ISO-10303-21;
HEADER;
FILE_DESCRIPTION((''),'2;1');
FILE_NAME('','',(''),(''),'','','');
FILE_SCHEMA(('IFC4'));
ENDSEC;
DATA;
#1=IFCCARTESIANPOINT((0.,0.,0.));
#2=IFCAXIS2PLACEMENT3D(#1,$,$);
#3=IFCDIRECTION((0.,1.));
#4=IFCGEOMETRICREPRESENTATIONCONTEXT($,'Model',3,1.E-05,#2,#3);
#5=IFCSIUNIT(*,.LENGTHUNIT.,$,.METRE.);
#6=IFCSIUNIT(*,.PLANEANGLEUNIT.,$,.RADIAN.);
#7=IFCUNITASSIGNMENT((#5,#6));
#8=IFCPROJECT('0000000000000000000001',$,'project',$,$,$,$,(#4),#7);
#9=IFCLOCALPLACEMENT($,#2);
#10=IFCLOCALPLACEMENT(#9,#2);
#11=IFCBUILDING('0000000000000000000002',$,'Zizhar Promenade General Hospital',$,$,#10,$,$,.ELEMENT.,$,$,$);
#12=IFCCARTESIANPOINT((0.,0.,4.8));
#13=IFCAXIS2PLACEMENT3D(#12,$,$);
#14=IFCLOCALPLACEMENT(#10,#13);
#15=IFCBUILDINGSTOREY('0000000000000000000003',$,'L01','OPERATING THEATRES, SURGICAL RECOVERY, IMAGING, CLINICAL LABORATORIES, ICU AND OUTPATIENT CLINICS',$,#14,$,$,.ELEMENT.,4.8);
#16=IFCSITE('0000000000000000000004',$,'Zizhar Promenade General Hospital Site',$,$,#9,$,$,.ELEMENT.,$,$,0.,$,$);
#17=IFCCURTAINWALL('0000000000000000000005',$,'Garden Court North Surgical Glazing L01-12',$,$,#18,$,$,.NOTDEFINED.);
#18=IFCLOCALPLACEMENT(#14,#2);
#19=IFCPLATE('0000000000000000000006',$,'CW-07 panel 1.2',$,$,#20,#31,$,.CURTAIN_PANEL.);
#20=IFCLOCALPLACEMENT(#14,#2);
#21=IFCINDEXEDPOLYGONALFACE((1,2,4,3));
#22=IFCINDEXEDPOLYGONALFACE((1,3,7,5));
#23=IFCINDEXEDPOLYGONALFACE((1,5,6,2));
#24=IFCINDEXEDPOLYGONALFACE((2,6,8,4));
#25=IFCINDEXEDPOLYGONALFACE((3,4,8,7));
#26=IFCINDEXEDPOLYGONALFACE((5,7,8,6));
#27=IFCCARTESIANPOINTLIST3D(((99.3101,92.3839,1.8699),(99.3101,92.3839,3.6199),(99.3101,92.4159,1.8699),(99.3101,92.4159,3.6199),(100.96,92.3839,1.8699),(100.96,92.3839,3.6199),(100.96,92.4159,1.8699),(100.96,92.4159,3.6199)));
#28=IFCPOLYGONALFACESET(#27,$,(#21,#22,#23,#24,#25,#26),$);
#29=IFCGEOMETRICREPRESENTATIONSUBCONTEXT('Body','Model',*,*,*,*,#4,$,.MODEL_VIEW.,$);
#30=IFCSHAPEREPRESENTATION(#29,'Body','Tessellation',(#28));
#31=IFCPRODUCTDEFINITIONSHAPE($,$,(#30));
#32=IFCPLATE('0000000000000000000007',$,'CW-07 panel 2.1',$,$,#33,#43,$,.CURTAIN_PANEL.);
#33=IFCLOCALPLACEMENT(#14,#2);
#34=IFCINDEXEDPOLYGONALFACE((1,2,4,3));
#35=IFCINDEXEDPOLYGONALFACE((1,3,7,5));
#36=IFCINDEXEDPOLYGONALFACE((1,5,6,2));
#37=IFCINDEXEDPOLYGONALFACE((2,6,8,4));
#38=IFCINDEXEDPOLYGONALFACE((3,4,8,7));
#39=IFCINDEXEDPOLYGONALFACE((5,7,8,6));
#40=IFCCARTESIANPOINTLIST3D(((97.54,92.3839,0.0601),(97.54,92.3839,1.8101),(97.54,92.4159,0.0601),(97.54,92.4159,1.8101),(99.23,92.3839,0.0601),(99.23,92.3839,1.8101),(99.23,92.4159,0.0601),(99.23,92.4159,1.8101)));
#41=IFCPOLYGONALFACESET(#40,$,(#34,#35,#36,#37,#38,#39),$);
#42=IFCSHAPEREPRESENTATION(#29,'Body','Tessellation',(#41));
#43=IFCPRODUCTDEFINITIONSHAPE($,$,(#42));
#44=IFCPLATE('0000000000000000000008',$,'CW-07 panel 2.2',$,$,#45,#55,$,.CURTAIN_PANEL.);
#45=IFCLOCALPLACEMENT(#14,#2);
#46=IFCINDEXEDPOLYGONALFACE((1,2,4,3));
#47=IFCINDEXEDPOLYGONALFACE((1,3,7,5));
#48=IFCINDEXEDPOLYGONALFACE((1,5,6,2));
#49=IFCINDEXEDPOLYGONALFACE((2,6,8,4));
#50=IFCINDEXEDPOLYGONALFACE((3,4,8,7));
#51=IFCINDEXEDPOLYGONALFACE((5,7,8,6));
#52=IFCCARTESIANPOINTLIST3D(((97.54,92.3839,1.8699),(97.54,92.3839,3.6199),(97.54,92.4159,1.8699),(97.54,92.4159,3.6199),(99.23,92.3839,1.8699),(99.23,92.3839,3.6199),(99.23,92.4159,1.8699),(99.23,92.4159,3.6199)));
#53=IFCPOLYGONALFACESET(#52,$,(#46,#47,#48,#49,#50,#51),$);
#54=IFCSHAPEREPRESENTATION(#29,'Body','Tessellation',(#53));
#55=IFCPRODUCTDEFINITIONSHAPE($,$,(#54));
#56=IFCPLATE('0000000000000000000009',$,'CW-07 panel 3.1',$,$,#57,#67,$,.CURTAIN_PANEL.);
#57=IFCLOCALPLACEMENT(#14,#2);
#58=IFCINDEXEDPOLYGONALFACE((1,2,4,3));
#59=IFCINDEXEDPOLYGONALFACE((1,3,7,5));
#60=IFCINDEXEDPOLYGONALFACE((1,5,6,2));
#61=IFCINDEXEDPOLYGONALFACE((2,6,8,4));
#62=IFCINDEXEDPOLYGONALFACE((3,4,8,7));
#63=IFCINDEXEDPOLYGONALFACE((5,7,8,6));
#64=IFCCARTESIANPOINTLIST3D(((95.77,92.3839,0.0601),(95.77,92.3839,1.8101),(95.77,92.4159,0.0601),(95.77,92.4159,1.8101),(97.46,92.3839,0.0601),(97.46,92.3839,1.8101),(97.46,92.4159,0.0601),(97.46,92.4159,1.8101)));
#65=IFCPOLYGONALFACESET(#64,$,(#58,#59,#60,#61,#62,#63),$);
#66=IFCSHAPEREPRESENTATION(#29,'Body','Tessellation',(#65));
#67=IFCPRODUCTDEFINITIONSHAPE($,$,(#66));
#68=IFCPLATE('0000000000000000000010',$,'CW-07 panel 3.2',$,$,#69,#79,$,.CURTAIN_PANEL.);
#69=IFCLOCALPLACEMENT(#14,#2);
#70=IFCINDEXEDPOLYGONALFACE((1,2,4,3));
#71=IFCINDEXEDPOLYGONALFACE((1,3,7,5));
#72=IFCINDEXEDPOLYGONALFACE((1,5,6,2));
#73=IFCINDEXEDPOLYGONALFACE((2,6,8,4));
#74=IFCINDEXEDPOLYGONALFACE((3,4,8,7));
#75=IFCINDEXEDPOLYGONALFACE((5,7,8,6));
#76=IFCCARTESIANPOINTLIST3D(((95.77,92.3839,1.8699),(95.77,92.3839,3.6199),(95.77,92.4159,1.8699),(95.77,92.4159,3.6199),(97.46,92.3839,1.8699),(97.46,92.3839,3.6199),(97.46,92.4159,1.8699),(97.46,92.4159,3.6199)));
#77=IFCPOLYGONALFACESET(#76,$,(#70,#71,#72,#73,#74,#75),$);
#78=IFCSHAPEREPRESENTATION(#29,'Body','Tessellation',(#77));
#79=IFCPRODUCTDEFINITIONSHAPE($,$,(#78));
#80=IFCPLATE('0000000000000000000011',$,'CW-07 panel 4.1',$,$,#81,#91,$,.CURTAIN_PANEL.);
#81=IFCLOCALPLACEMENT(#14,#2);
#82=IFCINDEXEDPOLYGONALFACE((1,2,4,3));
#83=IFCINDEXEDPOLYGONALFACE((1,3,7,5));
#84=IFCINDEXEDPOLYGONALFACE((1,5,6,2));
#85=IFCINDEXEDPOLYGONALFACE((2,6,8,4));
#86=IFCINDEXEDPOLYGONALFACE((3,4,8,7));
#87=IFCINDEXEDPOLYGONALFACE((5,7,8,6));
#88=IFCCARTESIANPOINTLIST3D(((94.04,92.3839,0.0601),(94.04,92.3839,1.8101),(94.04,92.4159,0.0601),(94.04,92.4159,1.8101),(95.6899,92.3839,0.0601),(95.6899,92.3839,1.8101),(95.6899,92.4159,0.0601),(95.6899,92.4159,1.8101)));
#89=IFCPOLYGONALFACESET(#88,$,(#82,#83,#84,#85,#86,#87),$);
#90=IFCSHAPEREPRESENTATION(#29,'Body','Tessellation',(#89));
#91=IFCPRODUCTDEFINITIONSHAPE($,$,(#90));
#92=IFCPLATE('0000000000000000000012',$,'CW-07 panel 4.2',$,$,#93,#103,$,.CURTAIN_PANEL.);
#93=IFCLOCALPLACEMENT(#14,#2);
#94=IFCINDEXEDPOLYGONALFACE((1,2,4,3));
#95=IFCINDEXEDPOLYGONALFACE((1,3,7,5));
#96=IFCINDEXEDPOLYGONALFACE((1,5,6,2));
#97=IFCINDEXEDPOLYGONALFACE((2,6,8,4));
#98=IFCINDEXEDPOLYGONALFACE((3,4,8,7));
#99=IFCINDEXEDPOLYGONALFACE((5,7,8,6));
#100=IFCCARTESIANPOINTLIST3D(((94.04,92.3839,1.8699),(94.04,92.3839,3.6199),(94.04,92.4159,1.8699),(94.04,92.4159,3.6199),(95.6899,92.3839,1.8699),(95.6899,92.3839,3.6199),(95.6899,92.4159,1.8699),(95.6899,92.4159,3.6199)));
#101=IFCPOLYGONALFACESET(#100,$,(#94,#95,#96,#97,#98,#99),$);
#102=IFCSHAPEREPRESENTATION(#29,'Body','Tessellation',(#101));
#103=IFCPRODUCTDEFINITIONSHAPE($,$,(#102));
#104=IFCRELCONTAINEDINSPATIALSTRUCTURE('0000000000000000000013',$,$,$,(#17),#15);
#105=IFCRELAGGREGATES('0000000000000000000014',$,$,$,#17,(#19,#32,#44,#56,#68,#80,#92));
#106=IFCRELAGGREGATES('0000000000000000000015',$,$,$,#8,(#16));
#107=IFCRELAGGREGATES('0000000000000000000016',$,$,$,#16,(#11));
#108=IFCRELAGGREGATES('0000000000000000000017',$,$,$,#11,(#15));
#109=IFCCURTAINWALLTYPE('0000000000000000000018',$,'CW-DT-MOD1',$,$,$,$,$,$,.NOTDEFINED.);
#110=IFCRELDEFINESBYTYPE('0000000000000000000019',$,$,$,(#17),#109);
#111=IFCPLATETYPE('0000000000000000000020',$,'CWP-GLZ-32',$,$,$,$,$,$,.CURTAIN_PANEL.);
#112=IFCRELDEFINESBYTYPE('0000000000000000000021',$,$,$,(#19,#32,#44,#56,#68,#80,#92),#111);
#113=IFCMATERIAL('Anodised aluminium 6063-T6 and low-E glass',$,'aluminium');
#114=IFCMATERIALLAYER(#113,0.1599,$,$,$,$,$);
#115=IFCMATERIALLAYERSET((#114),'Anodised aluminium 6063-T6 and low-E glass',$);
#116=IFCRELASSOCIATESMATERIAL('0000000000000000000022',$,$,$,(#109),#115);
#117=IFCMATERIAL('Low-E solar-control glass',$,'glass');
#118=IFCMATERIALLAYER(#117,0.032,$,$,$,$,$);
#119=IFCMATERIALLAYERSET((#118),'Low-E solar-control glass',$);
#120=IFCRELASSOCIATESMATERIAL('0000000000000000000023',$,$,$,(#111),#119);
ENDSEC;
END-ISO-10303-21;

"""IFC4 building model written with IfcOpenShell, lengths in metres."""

from ifc_helpers import new_model, si_unit, direction, frame, origin, origin_2d, place, context, subcontext, project, spatial, rectangle, extrude, material, layer, layer_set, type_object, element, aggregate, save


model = new_model("IFC4")

# Units and contexts
model_context = context("Model", 3, precision=1e-05, world=origin(), true_north=direction((0.0, 1.0)))
body_context = subcontext(model_context, "Body", "Model", "MODEL_VIEW")
ifc_project = project(units=[si_unit("LENGTHUNIT", "METRE"), si_unit("PLANEANGLEUNIT", "RADIAN")], contexts=[model_context])

# Site, building, storey
site_placement = place(None, origin())
site = spatial("IfcSite", under=ifc_project, at=site_placement, Name="Zizhar Promenade General Hospital Site", CompositionType="ELEMENT", RefElevation=0.0)
building_placement = place(site_placement, origin())
building = spatial("IfcBuilding", under=site, at=building_placement, Name="Zizhar Promenade General Hospital", CompositionType="ELEMENT")
storey_placement = place(building_placement, frame((0.0, 0.0, 4.8)))
storey = spatial("IfcBuildingStorey", under=building, at=storey_placement, Name="L01", Description="OPERATING THEATRES, SURGICAL RECOVERY, IMAGING, CLINICAL LABORATORIES, ICU AND OUTPATIENT CLINICS", CompositionType="ELEMENT", Elevation=4.8)

# Curtain wall, plates
ifc_material_1 = material(Name="Anodised aluminium 6063-T6 and low-E glass", Category="aluminium")
ifc_layer_1 = layer(ifc_material_1, 0.1599)
ifc_layer_set_1 = layer_set([ifc_layer_1], Name="Anodised aluminium 6063-T6 and low-E glass")
curtain_wall_type = type_object("IfcCurtainWallType", Name="CW-DT-MOD1", PredefinedType="NOTDEFINED", material=ifc_layer_set_1)
curtain_wall_placement = place(storey_placement, origin())
curtain_wall = element("IfcCurtainWall", 1, at=curtain_wall_placement, inside=storey, type_object=curtain_wall_type, Name="Garden Court North Surgical Glazing L01-12", PredefinedType="NOTDEFINED")
ifc_material_2 = material(Name="Low-E solar-control glass", Category="glass")
ifc_layer_2 = layer(ifc_material_2, 0.032)
ifc_layer_set_2 = layer_set([ifc_layer_2], Name="Low-E solar-control glass")
plate_type = type_object("IfcPlateType", Name="CWP-GLZ-32", PredefinedType="CURTAIN_PANEL", material=ifc_layer_set_2)
plate_1_placement = place(storey_placement, frame((100.135, 92.3999, 1.8699), z_axis=(0.0, 0.0, 1.0), x_axis=(-1.0, 0.0, 0.0)))
plate_1 = element("IfcPlate", 2, at=plate_1_placement, type_object=plate_type, Name="CW-07 panel 1.2", PredefinedType="CURTAIN_PANEL", context=body_context, shape_type="SweptSolid", body=[
    extrude(rectangle(XDim=1.6499, YDim=0.032, at=origin_2d()), origin(), (0.0, 0.0, 1.0), 1.75),
])
plate_2_placement = place(storey_placement, frame((98.385, 92.3999, 0.0601), z_axis=(0.0, 0.0, 1.0), x_axis=(-1.0, 0.0, 0.0)))
plate_2 = element("IfcPlate", 3, at=plate_2_placement, type_object=plate_type, Name="CW-07 panel 2.1", PredefinedType="CURTAIN_PANEL", context=body_context, shape_type="SweptSolid", body=[
    extrude(rectangle(XDim=1.6899, YDim=0.032, at=origin_2d()), origin(), (0.0, 0.0, 1.0), 1.75),
])
plate_3_placement = place(storey_placement, frame((98.385, 92.3999, 1.8699), z_axis=(0.0, 0.0, 1.0), x_axis=(-1.0, 0.0, 0.0)))
plate_3 = element("IfcPlate", 4, at=plate_3_placement, type_object=plate_type, Name="CW-07 panel 2.2", PredefinedType="CURTAIN_PANEL", context=body_context, shape_type="SweptSolid", body=[
    extrude(rectangle(XDim=1.6899, YDim=0.032, at=origin_2d()), origin(), (0.0, 0.0, 1.0), 1.75),
])
plate_4_placement = place(storey_placement, frame((96.615, 92.3999, 0.0601), z_axis=(0.0, 0.0, 1.0), x_axis=(-1.0, 0.0, 0.0)))
plate_4 = element("IfcPlate", 5, at=plate_4_placement, type_object=plate_type, Name="CW-07 panel 3.1", PredefinedType="CURTAIN_PANEL", context=body_context, shape_type="SweptSolid", body=[
    extrude(rectangle(XDim=1.6899, YDim=0.032, at=origin_2d()), origin(), (0.0, 0.0, 1.0), 1.75),
])
plate_5_placement = place(storey_placement, frame((96.615, 92.3999, 1.8699), z_axis=(0.0, 0.0, 1.0), x_axis=(-1.0, 0.0, 0.0)))
plate_5 = element("IfcPlate", 6, at=plate_5_placement, type_object=plate_type, Name="CW-07 panel 3.2", PredefinedType="CURTAIN_PANEL", context=body_context, shape_type="SweptSolid", body=[
    extrude(rectangle(XDim=1.6899, YDim=0.032, at=origin_2d()), origin(), (0.0, 0.0, 1.0), 1.75),
])
plate_6_placement = place(storey_placement, frame((94.865, 92.3999, 0.0601), z_axis=(0.0, 0.0, 1.0), x_axis=(-1.0, 0.0, 0.0)))
plate_6 = element("IfcPlate", 7, at=plate_6_placement, type_object=plate_type, Name="CW-07 panel 4.1", PredefinedType="CURTAIN_PANEL", context=body_context, shape_type="SweptSolid", body=[
    extrude(rectangle(XDim=1.6499, YDim=0.032, at=origin_2d()), origin(), (0.0, 0.0, 1.0), 1.75),
])
plate_7_placement = place(storey_placement, frame((94.865, 92.3999, 1.8699), z_axis=(0.0, 0.0, 1.0), x_axis=(-1.0, 0.0, 0.0)))
plate_7 = element("IfcPlate", 8, at=plate_7_placement, type_object=plate_type, Name="CW-07 panel 4.2", PredefinedType="CURTAIN_PANEL", context=body_context, shape_type="SweptSolid", body=[
    extrude(rectangle(XDim=1.6499, YDim=0.032, at=origin_2d()), origin(), (0.0, 0.0, 1.0), 1.75),
])
aggregate(curtain_wall, [plate_1, plate_2, plate_3, plate_4, plate_5, plate_6, plate_7])

save(model, "model.ifc")
